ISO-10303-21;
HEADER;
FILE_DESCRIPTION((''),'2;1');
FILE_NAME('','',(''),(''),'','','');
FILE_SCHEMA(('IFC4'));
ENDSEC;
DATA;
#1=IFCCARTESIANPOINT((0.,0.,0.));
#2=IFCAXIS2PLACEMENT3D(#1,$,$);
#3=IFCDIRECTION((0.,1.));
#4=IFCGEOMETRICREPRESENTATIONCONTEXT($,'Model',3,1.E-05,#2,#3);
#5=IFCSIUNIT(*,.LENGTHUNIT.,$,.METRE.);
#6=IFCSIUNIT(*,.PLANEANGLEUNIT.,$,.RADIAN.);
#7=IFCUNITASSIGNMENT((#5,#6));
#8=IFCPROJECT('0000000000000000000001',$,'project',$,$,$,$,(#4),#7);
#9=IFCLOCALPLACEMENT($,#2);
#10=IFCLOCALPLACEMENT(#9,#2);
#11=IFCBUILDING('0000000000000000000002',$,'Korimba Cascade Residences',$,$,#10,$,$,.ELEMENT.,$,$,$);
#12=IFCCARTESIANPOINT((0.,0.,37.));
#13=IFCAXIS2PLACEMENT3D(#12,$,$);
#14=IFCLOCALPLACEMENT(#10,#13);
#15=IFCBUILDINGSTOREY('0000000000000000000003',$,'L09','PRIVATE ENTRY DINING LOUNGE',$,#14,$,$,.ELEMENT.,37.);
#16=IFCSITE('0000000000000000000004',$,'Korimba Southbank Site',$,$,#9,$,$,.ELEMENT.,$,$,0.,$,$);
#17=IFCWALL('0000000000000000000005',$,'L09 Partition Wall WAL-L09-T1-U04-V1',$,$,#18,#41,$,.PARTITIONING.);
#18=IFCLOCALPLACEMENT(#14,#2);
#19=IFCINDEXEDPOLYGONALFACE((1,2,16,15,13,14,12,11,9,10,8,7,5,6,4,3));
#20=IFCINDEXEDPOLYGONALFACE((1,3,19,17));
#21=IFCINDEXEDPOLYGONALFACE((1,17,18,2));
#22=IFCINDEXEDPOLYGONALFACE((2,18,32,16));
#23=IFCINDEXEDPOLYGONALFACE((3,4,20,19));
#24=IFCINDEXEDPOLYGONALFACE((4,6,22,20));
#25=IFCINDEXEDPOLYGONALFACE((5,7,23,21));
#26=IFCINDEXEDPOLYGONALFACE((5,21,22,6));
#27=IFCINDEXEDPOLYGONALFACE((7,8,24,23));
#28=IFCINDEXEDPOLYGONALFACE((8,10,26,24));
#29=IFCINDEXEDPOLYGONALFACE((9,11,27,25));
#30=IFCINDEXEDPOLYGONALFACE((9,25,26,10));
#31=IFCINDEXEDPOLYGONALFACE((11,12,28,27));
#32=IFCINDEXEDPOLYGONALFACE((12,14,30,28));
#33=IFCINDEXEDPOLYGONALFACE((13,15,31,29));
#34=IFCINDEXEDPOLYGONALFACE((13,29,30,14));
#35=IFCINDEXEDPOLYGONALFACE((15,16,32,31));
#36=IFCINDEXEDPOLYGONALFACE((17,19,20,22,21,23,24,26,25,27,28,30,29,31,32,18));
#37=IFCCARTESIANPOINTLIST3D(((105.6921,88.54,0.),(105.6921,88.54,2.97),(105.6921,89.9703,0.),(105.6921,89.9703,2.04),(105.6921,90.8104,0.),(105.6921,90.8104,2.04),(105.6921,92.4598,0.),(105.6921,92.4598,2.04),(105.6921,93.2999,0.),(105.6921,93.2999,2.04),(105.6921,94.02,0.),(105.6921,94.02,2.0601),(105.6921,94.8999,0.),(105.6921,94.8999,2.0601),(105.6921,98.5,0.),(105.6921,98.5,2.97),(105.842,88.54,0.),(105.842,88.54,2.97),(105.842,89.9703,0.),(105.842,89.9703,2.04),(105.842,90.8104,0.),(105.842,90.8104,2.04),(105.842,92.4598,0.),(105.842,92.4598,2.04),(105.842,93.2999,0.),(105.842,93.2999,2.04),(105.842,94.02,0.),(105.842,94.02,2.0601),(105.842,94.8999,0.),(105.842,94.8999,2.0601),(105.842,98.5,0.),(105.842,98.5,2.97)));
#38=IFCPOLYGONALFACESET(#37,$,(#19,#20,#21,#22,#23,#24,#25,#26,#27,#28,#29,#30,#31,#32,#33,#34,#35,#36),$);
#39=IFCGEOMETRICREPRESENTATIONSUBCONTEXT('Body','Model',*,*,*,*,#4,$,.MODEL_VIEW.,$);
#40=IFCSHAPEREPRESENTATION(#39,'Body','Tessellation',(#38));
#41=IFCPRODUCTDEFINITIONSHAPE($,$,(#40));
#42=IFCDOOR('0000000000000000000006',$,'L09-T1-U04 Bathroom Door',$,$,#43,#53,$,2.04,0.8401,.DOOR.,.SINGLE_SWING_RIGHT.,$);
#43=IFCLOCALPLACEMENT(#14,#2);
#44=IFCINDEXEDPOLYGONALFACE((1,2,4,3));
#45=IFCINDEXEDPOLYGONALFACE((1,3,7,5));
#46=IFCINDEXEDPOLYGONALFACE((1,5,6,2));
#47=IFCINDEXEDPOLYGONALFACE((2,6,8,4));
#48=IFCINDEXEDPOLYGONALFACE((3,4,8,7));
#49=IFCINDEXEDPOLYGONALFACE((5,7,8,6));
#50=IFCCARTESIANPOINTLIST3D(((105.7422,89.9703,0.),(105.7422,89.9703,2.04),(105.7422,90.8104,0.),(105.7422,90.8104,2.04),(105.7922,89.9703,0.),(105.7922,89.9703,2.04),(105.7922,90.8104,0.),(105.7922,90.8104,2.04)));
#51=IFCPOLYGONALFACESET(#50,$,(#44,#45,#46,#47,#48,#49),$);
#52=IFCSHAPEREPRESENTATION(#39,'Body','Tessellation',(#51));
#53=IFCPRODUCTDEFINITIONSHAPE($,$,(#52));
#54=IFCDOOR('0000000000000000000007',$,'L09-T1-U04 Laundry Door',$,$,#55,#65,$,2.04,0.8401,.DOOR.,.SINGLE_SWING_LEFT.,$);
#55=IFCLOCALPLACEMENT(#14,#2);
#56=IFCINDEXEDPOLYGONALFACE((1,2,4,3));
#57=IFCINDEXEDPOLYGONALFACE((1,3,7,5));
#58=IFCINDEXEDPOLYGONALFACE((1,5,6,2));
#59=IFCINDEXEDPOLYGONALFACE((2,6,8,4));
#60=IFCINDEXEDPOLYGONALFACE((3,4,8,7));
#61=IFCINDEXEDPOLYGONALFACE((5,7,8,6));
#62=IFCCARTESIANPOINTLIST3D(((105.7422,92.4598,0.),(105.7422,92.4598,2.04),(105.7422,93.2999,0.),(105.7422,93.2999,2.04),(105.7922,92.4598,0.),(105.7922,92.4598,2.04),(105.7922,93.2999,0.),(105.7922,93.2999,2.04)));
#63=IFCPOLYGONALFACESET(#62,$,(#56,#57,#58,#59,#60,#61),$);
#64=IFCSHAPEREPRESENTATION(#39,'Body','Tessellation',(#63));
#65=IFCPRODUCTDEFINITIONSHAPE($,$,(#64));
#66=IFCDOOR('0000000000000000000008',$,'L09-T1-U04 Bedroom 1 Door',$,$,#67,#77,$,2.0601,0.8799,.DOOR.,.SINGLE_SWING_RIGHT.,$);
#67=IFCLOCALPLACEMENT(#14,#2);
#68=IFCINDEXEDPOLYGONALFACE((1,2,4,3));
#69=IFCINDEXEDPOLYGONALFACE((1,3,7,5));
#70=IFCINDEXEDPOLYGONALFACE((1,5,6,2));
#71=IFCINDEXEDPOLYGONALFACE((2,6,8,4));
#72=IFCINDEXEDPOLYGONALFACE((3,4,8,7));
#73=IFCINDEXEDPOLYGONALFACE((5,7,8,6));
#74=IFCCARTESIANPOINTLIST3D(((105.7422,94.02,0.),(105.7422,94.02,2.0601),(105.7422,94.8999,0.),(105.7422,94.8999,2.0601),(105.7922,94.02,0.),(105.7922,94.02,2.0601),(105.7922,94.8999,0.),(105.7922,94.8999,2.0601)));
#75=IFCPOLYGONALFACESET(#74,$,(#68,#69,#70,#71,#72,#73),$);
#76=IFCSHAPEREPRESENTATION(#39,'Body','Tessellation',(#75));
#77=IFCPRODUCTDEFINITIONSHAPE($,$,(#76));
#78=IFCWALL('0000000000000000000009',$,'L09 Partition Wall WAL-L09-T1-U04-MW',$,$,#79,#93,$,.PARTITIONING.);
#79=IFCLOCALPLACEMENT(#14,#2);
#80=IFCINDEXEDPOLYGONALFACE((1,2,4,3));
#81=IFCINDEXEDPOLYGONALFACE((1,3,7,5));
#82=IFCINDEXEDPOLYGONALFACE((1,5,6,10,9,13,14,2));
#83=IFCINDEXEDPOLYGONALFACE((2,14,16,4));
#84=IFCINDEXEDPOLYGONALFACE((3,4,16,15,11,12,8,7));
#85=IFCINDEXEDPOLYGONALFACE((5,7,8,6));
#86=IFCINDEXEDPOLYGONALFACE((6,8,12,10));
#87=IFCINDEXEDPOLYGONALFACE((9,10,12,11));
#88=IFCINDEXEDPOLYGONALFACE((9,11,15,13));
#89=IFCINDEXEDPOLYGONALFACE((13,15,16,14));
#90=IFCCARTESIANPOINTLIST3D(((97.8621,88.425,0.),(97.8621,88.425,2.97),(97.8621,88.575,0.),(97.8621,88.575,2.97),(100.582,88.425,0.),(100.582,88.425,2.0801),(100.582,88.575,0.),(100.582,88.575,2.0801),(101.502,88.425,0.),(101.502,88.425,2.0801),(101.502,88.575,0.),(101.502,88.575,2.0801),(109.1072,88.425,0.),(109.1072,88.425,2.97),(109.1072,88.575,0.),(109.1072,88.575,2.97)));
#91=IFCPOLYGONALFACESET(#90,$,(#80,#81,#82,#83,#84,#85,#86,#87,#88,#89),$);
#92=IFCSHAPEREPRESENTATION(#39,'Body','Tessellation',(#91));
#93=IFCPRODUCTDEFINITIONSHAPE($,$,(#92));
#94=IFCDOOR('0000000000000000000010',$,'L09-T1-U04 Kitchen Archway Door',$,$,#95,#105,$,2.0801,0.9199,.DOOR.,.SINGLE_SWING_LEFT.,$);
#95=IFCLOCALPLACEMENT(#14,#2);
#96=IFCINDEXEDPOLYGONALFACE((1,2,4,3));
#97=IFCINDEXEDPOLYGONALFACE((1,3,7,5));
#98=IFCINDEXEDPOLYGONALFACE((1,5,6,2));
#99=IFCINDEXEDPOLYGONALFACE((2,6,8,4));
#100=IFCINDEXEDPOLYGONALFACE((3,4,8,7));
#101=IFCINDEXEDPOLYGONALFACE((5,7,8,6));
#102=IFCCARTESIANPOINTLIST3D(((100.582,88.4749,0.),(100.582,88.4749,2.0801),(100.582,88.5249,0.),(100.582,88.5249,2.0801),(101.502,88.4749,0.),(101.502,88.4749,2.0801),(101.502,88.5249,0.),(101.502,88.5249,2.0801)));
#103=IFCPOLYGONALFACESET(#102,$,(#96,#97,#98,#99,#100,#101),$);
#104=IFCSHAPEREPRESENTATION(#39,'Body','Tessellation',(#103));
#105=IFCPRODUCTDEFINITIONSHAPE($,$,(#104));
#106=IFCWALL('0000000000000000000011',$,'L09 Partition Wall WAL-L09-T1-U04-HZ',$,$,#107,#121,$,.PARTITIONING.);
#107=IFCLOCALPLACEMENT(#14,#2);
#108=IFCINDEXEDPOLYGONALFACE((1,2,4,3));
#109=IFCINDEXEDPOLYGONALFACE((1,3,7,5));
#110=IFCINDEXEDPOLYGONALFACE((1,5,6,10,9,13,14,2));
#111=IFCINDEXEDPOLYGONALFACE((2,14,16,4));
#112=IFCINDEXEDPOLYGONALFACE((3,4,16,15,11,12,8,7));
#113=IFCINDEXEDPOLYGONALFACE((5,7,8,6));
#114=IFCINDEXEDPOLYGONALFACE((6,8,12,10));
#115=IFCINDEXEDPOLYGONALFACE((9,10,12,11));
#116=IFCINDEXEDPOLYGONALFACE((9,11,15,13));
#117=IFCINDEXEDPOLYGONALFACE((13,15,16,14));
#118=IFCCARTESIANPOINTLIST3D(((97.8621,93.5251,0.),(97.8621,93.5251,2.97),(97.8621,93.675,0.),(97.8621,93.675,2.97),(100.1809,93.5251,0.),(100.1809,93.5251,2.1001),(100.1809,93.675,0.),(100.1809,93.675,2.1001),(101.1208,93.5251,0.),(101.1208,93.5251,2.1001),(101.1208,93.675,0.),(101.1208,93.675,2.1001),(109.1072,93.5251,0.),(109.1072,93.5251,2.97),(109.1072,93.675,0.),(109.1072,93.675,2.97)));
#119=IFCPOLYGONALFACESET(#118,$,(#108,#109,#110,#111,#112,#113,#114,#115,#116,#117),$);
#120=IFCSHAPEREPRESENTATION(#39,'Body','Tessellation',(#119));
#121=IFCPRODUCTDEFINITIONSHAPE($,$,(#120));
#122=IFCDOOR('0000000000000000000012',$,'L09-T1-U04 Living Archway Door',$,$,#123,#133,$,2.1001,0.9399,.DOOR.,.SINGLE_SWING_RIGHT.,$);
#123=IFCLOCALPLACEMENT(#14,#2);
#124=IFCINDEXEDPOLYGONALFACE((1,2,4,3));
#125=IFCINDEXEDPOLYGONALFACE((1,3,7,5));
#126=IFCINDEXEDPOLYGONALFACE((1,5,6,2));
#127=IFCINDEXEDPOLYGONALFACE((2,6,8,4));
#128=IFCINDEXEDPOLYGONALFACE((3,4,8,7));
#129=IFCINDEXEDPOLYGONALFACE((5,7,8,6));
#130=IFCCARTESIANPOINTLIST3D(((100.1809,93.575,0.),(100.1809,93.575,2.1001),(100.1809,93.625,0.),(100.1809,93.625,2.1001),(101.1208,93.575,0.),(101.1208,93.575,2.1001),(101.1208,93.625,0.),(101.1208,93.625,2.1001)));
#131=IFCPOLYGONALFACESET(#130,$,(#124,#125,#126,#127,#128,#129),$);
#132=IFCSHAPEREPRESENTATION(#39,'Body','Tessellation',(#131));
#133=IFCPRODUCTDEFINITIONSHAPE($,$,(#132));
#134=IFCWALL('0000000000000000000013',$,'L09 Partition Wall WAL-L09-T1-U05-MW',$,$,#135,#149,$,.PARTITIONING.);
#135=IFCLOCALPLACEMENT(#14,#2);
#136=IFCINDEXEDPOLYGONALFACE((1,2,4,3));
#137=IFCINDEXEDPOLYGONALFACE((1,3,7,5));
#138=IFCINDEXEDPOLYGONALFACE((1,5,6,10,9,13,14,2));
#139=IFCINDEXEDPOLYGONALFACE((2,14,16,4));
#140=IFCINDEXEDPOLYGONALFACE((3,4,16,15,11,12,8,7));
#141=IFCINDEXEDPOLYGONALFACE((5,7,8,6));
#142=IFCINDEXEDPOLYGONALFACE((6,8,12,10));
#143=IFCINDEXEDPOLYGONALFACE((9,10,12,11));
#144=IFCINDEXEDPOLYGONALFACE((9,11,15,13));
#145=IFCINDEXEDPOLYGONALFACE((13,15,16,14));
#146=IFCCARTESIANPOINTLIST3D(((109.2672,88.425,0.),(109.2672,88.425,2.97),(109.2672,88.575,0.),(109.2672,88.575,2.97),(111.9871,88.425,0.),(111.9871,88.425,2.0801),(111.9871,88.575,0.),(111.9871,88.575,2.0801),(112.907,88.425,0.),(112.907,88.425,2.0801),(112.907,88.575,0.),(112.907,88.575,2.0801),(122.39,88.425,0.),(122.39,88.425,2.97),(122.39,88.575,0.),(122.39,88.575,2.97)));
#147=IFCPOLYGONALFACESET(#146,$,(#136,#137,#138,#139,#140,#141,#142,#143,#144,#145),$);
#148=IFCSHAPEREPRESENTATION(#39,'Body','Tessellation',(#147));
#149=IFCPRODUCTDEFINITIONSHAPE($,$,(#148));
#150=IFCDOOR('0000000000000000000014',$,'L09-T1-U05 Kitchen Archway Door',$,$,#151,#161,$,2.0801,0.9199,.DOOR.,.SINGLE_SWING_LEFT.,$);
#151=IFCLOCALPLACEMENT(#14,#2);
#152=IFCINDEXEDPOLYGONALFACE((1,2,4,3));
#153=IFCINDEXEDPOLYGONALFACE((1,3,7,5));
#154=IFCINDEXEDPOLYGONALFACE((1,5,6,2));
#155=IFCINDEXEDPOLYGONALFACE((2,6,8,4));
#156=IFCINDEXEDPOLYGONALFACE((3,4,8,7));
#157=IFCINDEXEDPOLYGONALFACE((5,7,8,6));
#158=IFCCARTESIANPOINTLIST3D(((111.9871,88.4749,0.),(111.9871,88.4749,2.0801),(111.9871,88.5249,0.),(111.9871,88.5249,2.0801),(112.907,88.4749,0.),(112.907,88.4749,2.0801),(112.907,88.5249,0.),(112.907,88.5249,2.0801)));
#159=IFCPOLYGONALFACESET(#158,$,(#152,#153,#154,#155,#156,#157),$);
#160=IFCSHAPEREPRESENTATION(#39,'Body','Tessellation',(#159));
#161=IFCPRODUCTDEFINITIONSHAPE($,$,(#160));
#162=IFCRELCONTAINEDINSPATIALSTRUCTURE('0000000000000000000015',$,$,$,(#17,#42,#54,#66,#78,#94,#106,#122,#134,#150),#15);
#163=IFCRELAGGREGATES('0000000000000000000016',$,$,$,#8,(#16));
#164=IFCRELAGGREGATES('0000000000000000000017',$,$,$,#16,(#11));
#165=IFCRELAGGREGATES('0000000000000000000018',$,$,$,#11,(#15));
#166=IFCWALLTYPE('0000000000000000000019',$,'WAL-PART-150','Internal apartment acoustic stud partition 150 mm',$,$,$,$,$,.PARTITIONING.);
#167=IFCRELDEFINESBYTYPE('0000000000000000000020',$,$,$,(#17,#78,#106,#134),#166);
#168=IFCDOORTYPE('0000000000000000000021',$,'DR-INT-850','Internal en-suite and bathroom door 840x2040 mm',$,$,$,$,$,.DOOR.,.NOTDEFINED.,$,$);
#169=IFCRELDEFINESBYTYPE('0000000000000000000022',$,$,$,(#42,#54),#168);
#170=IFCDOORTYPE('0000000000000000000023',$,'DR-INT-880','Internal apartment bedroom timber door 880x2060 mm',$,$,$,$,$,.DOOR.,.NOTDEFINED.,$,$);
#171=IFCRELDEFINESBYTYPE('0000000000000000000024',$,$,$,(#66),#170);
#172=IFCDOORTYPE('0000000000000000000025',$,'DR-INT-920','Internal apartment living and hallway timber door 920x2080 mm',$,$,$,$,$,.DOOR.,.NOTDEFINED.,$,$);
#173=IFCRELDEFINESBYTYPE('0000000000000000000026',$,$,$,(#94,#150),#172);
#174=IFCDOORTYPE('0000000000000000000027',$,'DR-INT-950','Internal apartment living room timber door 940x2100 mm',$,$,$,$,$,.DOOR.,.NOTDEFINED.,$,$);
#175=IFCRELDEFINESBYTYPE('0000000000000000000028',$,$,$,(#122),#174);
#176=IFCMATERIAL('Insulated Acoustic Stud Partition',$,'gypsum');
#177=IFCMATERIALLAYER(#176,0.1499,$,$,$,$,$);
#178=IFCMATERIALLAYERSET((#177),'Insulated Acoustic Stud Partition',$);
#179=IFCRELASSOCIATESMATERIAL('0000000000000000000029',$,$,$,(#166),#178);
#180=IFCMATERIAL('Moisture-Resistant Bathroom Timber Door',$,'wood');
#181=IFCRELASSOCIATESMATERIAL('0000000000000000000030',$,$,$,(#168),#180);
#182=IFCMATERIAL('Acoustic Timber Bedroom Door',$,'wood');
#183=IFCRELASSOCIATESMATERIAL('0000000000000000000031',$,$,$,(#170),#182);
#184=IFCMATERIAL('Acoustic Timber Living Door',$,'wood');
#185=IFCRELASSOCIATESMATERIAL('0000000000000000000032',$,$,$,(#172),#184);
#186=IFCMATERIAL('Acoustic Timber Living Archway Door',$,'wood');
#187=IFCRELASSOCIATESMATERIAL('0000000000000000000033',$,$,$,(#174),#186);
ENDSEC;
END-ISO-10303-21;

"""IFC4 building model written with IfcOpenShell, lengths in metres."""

from ifc_helpers import new_model, si_unit, direction, frame, frame_2d, origin, place, context, subcontext, project, spatial, rectangle, extrude, material, layer, layer_set, type_object, element, fill, save


model = new_model("IFC4")

# Units and contexts
model_context = context("Model", 3, precision=1e-05, world=origin(), true_north=direction((0.0, 1.0)))
body_context = subcontext(model_context, "Body", "Model", "MODEL_VIEW")
ifc_project = project(units=[si_unit("LENGTHUNIT", "METRE"), si_unit("PLANEANGLEUNIT", "RADIAN")], contexts=[model_context])

# Site, building, storey
site_placement = place(None, origin())
site = spatial("IfcSite", under=ifc_project, at=site_placement, Name="Korimba Southbank Site", CompositionType="ELEMENT", RefElevation=0.0)
building_placement = place(site_placement, origin())
building = spatial("IfcBuilding", under=site, at=building_placement, Name="Korimba Cascade Residences", CompositionType="ELEMENT")
storey_placement = place(building_placement, frame((0.0, 0.0, 37.0)))
storey = spatial("IfcBuildingStorey", under=building, at=storey_placement, Name="L09", Description="PRIVATE ENTRY DINING LOUNGE", CompositionType="ELEMENT", Elevation=37.0)

# Shared definitions
ifc_material_1 = material(Name="Insulated Acoustic Stud Partition", Category="gypsum")
ifc_layer = layer(ifc_material_1, 0.1499)
ifc_layer_set = layer_set([ifc_layer], Name="Insulated Acoustic Stud Partition")
wall_type = type_object("IfcWallType", Name="WAL-PART-150", Description="Internal apartment acoustic stud partition 150 mm", PredefinedType="PARTITIONING", material=ifc_layer_set)

# Wall, openings, doors
wall_1_placement = place(storey_placement, frame((105.7671, 88.54, 0.0), z_axis=(0.0, 0.0, 1.0), x_axis=(0.0, 1.0, 0.0)))
wall_1 = element("IfcWall", 1, at=wall_1_placement, inside=storey, type_object=wall_type, Name="L09 Partition Wall WAL-L09-T1-U04-V1", PredefinedType="PARTITIONING", context=body_context, shape_type="SweptSolid", body=[
    extrude(rectangle(XDim=9.96, YDim=0.1499, at=frame_2d((4.98, 0.0))), origin(), (0.0, 0.0, 1.0), 2.97),
])
opening_1_placement = place(wall_1_placement, frame((1.4304, 0.0, 0.0)))
opening_1 = element("IfcOpeningElement", 2, at=opening_1_placement, cuts=wall_1, PredefinedType="OPENING", context=body_context, shape_type="SweptSolid", body=[
    extrude(rectangle(XDim=0.8401, YDim=2.04, at=frame_2d((0.4199, 1.02))), frame((0.0, 0.085, 0.0), z_axis=(0.0, -1.0, 0.0), x_axis=(1.0, 0.0, 0.0)), (0.0, 0.0, 1.0), 0.1699),
])
opening_2_placement = place(wall_1_placement, frame((3.9199, 0.0, 0.0)))
opening_2 = element("IfcOpeningElement", 3, at=opening_2_placement, cuts=wall_1, PredefinedType="OPENING", context=body_context, shape_type="SweptSolid", body=[
    extrude(rectangle(XDim=0.8401, YDim=2.04, at=frame_2d((0.4199, 1.02))), frame((0.0, 0.085, 0.0), z_axis=(0.0, -1.0, 0.0), x_axis=(1.0, 0.0, 0.0)), (0.0, 0.0, 1.0), 0.1699),
])
opening_3_placement = place(wall_1_placement, frame((5.48, 0.0, 0.0)))
opening_3 = element("IfcOpeningElement", 4, at=opening_3_placement, cuts=wall_1, PredefinedType="OPENING", context=body_context, shape_type="SweptSolid", body=[
    extrude(rectangle(XDim=0.8799, YDim=2.0601, at=frame_2d((0.4399, 1.03))), frame((0.0, 0.085, 0.0), z_axis=(0.0, -1.0, 0.0), x_axis=(1.0, 0.0, 0.0)), (0.0, 0.0, 1.0), 0.1699),
])
ifc_material_2 = material(Name="Moisture-Resistant Bathroom Timber Door", Category="wood")
door_type_1 = type_object("IfcDoorType", Name="DR-INT-850", Description="Internal en-suite and bathroom door 840x2040 mm", OperationType="NOTDEFINED", PredefinedType="DOOR", material=ifc_material_2)
door_1_placement = place(opening_1_placement, origin())
door_1 = element("IfcDoor", 5, at=door_1_placement, inside=storey, type_object=door_type_1, Name="L09-T1-U04 Bathroom Door", OperationType="SINGLE_SWING_RIGHT", OverallHeight=2.04, OverallWidth=0.8401, PredefinedType="DOOR", context=body_context, shape_type="SweptSolid", body=[
    extrude(rectangle(XDim=0.8401, YDim=2.04, at=frame_2d((0.4199, 1.02))), frame((0.0, 0.0249, 0.0), z_axis=(0.0, -1.0, 0.0), x_axis=(1.0, 0.0, 0.0)), (0.0, 0.0, 1.0), 0.05),
])
fill(opening_1, door_1)
door_2_placement = place(opening_2_placement, origin())
door_2 = element("IfcDoor", 6, at=door_2_placement, inside=storey, type_object=door_type_1, Name="L09-T1-U04 Laundry Door", OperationType="SINGLE_SWING_LEFT", OverallHeight=2.04, OverallWidth=0.8401, PredefinedType="DOOR", context=body_context, shape_type="SweptSolid", body=[
    extrude(rectangle(XDim=0.8401, YDim=2.04, at=frame_2d((0.4199, 1.02))), frame((0.0, 0.0249, 0.0), z_axis=(0.0, -1.0, 0.0), x_axis=(1.0, 0.0, 0.0)), (0.0, 0.0, 1.0), 0.05),
])
fill(opening_2, door_2)
ifc_material_3 = material(Name="Acoustic Timber Bedroom Door", Category="wood")
door_type_2 = type_object("IfcDoorType", Name="DR-INT-880", Description="Internal apartment bedroom timber door 880x2060 mm", OperationType="NOTDEFINED", PredefinedType="DOOR", material=ifc_material_3)
door_3_placement = place(opening_3_placement, origin())
door_3 = element("IfcDoor", 7, at=door_3_placement, inside=storey, type_object=door_type_2, Name="L09-T1-U04 Bedroom 1 Door", OperationType="SINGLE_SWING_RIGHT", OverallHeight=2.0601, OverallWidth=0.8799, PredefinedType="DOOR", context=body_context, shape_type="SweptSolid", body=[
    extrude(rectangle(XDim=0.8799, YDim=2.0601, at=frame_2d((0.4399, 1.03))), frame((0.0, 0.0249, 0.0), z_axis=(0.0, -1.0, 0.0), x_axis=(1.0, 0.0, 0.0)), (0.0, 0.0, 1.0), 0.05),
])
fill(opening_3, door_3)

# Walls, openings, doors
wall_2_placement = place(storey_placement, frame((97.8621, 88.5, 0.0), z_axis=(0.0, 0.0, 1.0), x_axis=(1.0, 0.0, 0.0)))
wall_2 = element("IfcWall", 8, at=wall_2_placement, inside=storey, type_object=wall_type, Name="L09 Partition Wall WAL-L09-T1-U04-MW", PredefinedType="PARTITIONING", context=body_context, shape_type="SweptSolid", body=[
    extrude(rectangle(XDim=11.2451, YDim=0.1499, at=frame_2d((5.6226, 0.0))), origin(), (0.0, 0.0, 1.0), 2.97),
])
opening_4_placement = place(wall_2_placement, frame((2.72, 0.0, 0.0)))
opening_4 = element("IfcOpeningElement", 9, at=opening_4_placement, cuts=wall_2, PredefinedType="OPENING", context=body_context, shape_type="SweptSolid", body=[
    extrude(rectangle(XDim=0.9199, YDim=2.0801, at=frame_2d((0.46, 1.04))), frame((0.0, 0.085, 0.0), z_axis=(0.0, -1.0, 0.0), x_axis=(1.0, 0.0, 0.0)), (0.0, 0.0, 1.0), 0.1699),
])
ifc_material_4 = material(Name="Acoustic Timber Living Door", Category="wood")
door_type_3 = type_object("IfcDoorType", Name="DR-INT-920", Description="Internal apartment living and hallway timber door 920x2080 mm", OperationType="NOTDEFINED", PredefinedType="DOOR", material=ifc_material_4)
door_4_placement = place(opening_4_placement, origin())
door_4 = element("IfcDoor", 10, at=door_4_placement, inside=storey, type_object=door_type_3, Name="L09-T1-U04 Kitchen Archway Door", OperationType="SINGLE_SWING_LEFT", OverallHeight=2.0801, OverallWidth=0.9199, PredefinedType="DOOR", context=body_context, shape_type="SweptSolid", body=[
    extrude(rectangle(XDim=0.9199, YDim=2.0801, at=frame_2d((0.46, 1.04))), frame((0.0, 0.0249, 0.0), z_axis=(0.0, -1.0, 0.0), x_axis=(1.0, 0.0, 0.0)), (0.0, 0.0, 1.0), 0.05),
])
fill(opening_4, door_4)
wall_3_placement = place(storey_placement, frame((97.8621, 93.6001, 0.0), z_axis=(0.0, 0.0, 1.0), x_axis=(1.0, 0.0, 0.0)))
wall_3 = element("IfcWall", 11, at=wall_3_placement, inside=storey, type_object=wall_type, Name="L09 Partition Wall WAL-L09-T1-U04-HZ", PredefinedType="PARTITIONING", context=body_context, shape_type="SweptSolid", body=[
    extrude(rectangle(XDim=11.2451, YDim=0.1499, at=frame_2d((5.6226, 0.0))), origin(), (0.0, 0.0, 1.0), 2.97),
])
opening_5_placement = place(wall_3_placement, frame((2.3188, 0.0, 0.0)))
opening_5 = element("IfcOpeningElement", 12, at=opening_5_placement, cuts=wall_3, PredefinedType="OPENING", context=body_context, shape_type="SweptSolid", body=[
    extrude(rectangle(XDim=0.9399, YDim=2.1001, at=frame_2d((0.47, 1.05))), frame((0.0, 0.085, 0.0), z_axis=(0.0, -1.0, 0.0), x_axis=(1.0, 0.0, 0.0)), (0.0, 0.0, 1.0), 0.1699),
])
ifc_material_5 = material(Name="Acoustic Timber Living Archway Door", Category="wood")
door_type_4 = type_object("IfcDoorType", Name="DR-INT-950", Description="Internal apartment living room timber door 940x2100 mm", OperationType="NOTDEFINED", PredefinedType="DOOR", material=ifc_material_5)
door_5_placement = place(opening_5_placement, origin())
door_5 = element("IfcDoor", 13, at=door_5_placement, inside=storey, type_object=door_type_4, Name="L09-T1-U04 Living Archway Door", OperationType="SINGLE_SWING_RIGHT", OverallHeight=2.1001, OverallWidth=0.9399, PredefinedType="DOOR", context=body_context, shape_type="SweptSolid", body=[
    extrude(rectangle(XDim=0.9399, YDim=2.1001, at=frame_2d((0.47, 1.05))), frame((0.0, 0.0249, 0.0), z_axis=(0.0, -1.0, 0.0), x_axis=(1.0, 0.0, 0.0)), (0.0, 0.0, 1.0), 0.05),
])
fill(opening_5, door_5)
wall_4_placement = place(storey_placement, frame((109.2671, 88.5, 0.0), z_axis=(0.0, 0.0, 1.0), x_axis=(1.0, 0.0, 0.0)))
wall_4 = element("IfcWall", 14, at=wall_4_placement, inside=storey, type_object=wall_type, Name="L09 Partition Wall WAL-L09-T1-U05-MW", PredefinedType="PARTITIONING", context=body_context, shape_type="SweptSolid", body=[
    extrude(rectangle(XDim=13.1228, YDim=0.1499, at=frame_2d((6.5615, 0.0))), origin(), (0.0, 0.0, 1.0), 2.97),
])
opening_6_placement = place(wall_4_placement, frame((2.72, 0.0, 0.0)))
opening_6 = element("IfcOpeningElement", 15, at=opening_6_placement, cuts=wall_4, PredefinedType="OPENING", context=body_context, shape_type="SweptSolid", body=[
    extrude(rectangle(XDim=0.9199, YDim=2.0801, at=frame_2d((0.46, 1.04))), frame((0.0, 0.085, 0.0), z_axis=(0.0, -1.0, 0.0), x_axis=(1.0, 0.0, 0.0)), (0.0, 0.0, 1.0), 0.1699),
])
door_6_placement = place(opening_6_placement, origin())
door_6 = element("IfcDoor", 16, at=door_6_placement, inside=storey, type_object=door_type_3, Name="L09-T1-U05 Kitchen Archway Door", OperationType="SINGLE_SWING_LEFT", OverallHeight=2.0801, OverallWidth=0.9199, PredefinedType="DOOR", context=body_context, shape_type="SweptSolid", body=[
    extrude(rectangle(XDim=0.9199, YDim=2.0801, at=frame_2d((0.46, 1.04))), frame((0.0, 0.0249, 0.0), z_axis=(0.0, -1.0, 0.0), x_axis=(1.0, 0.0, 0.0)), (0.0, 0.0, 1.0), 0.05),
])
fill(opening_6, door_6)

save(model, "model.ifc")
